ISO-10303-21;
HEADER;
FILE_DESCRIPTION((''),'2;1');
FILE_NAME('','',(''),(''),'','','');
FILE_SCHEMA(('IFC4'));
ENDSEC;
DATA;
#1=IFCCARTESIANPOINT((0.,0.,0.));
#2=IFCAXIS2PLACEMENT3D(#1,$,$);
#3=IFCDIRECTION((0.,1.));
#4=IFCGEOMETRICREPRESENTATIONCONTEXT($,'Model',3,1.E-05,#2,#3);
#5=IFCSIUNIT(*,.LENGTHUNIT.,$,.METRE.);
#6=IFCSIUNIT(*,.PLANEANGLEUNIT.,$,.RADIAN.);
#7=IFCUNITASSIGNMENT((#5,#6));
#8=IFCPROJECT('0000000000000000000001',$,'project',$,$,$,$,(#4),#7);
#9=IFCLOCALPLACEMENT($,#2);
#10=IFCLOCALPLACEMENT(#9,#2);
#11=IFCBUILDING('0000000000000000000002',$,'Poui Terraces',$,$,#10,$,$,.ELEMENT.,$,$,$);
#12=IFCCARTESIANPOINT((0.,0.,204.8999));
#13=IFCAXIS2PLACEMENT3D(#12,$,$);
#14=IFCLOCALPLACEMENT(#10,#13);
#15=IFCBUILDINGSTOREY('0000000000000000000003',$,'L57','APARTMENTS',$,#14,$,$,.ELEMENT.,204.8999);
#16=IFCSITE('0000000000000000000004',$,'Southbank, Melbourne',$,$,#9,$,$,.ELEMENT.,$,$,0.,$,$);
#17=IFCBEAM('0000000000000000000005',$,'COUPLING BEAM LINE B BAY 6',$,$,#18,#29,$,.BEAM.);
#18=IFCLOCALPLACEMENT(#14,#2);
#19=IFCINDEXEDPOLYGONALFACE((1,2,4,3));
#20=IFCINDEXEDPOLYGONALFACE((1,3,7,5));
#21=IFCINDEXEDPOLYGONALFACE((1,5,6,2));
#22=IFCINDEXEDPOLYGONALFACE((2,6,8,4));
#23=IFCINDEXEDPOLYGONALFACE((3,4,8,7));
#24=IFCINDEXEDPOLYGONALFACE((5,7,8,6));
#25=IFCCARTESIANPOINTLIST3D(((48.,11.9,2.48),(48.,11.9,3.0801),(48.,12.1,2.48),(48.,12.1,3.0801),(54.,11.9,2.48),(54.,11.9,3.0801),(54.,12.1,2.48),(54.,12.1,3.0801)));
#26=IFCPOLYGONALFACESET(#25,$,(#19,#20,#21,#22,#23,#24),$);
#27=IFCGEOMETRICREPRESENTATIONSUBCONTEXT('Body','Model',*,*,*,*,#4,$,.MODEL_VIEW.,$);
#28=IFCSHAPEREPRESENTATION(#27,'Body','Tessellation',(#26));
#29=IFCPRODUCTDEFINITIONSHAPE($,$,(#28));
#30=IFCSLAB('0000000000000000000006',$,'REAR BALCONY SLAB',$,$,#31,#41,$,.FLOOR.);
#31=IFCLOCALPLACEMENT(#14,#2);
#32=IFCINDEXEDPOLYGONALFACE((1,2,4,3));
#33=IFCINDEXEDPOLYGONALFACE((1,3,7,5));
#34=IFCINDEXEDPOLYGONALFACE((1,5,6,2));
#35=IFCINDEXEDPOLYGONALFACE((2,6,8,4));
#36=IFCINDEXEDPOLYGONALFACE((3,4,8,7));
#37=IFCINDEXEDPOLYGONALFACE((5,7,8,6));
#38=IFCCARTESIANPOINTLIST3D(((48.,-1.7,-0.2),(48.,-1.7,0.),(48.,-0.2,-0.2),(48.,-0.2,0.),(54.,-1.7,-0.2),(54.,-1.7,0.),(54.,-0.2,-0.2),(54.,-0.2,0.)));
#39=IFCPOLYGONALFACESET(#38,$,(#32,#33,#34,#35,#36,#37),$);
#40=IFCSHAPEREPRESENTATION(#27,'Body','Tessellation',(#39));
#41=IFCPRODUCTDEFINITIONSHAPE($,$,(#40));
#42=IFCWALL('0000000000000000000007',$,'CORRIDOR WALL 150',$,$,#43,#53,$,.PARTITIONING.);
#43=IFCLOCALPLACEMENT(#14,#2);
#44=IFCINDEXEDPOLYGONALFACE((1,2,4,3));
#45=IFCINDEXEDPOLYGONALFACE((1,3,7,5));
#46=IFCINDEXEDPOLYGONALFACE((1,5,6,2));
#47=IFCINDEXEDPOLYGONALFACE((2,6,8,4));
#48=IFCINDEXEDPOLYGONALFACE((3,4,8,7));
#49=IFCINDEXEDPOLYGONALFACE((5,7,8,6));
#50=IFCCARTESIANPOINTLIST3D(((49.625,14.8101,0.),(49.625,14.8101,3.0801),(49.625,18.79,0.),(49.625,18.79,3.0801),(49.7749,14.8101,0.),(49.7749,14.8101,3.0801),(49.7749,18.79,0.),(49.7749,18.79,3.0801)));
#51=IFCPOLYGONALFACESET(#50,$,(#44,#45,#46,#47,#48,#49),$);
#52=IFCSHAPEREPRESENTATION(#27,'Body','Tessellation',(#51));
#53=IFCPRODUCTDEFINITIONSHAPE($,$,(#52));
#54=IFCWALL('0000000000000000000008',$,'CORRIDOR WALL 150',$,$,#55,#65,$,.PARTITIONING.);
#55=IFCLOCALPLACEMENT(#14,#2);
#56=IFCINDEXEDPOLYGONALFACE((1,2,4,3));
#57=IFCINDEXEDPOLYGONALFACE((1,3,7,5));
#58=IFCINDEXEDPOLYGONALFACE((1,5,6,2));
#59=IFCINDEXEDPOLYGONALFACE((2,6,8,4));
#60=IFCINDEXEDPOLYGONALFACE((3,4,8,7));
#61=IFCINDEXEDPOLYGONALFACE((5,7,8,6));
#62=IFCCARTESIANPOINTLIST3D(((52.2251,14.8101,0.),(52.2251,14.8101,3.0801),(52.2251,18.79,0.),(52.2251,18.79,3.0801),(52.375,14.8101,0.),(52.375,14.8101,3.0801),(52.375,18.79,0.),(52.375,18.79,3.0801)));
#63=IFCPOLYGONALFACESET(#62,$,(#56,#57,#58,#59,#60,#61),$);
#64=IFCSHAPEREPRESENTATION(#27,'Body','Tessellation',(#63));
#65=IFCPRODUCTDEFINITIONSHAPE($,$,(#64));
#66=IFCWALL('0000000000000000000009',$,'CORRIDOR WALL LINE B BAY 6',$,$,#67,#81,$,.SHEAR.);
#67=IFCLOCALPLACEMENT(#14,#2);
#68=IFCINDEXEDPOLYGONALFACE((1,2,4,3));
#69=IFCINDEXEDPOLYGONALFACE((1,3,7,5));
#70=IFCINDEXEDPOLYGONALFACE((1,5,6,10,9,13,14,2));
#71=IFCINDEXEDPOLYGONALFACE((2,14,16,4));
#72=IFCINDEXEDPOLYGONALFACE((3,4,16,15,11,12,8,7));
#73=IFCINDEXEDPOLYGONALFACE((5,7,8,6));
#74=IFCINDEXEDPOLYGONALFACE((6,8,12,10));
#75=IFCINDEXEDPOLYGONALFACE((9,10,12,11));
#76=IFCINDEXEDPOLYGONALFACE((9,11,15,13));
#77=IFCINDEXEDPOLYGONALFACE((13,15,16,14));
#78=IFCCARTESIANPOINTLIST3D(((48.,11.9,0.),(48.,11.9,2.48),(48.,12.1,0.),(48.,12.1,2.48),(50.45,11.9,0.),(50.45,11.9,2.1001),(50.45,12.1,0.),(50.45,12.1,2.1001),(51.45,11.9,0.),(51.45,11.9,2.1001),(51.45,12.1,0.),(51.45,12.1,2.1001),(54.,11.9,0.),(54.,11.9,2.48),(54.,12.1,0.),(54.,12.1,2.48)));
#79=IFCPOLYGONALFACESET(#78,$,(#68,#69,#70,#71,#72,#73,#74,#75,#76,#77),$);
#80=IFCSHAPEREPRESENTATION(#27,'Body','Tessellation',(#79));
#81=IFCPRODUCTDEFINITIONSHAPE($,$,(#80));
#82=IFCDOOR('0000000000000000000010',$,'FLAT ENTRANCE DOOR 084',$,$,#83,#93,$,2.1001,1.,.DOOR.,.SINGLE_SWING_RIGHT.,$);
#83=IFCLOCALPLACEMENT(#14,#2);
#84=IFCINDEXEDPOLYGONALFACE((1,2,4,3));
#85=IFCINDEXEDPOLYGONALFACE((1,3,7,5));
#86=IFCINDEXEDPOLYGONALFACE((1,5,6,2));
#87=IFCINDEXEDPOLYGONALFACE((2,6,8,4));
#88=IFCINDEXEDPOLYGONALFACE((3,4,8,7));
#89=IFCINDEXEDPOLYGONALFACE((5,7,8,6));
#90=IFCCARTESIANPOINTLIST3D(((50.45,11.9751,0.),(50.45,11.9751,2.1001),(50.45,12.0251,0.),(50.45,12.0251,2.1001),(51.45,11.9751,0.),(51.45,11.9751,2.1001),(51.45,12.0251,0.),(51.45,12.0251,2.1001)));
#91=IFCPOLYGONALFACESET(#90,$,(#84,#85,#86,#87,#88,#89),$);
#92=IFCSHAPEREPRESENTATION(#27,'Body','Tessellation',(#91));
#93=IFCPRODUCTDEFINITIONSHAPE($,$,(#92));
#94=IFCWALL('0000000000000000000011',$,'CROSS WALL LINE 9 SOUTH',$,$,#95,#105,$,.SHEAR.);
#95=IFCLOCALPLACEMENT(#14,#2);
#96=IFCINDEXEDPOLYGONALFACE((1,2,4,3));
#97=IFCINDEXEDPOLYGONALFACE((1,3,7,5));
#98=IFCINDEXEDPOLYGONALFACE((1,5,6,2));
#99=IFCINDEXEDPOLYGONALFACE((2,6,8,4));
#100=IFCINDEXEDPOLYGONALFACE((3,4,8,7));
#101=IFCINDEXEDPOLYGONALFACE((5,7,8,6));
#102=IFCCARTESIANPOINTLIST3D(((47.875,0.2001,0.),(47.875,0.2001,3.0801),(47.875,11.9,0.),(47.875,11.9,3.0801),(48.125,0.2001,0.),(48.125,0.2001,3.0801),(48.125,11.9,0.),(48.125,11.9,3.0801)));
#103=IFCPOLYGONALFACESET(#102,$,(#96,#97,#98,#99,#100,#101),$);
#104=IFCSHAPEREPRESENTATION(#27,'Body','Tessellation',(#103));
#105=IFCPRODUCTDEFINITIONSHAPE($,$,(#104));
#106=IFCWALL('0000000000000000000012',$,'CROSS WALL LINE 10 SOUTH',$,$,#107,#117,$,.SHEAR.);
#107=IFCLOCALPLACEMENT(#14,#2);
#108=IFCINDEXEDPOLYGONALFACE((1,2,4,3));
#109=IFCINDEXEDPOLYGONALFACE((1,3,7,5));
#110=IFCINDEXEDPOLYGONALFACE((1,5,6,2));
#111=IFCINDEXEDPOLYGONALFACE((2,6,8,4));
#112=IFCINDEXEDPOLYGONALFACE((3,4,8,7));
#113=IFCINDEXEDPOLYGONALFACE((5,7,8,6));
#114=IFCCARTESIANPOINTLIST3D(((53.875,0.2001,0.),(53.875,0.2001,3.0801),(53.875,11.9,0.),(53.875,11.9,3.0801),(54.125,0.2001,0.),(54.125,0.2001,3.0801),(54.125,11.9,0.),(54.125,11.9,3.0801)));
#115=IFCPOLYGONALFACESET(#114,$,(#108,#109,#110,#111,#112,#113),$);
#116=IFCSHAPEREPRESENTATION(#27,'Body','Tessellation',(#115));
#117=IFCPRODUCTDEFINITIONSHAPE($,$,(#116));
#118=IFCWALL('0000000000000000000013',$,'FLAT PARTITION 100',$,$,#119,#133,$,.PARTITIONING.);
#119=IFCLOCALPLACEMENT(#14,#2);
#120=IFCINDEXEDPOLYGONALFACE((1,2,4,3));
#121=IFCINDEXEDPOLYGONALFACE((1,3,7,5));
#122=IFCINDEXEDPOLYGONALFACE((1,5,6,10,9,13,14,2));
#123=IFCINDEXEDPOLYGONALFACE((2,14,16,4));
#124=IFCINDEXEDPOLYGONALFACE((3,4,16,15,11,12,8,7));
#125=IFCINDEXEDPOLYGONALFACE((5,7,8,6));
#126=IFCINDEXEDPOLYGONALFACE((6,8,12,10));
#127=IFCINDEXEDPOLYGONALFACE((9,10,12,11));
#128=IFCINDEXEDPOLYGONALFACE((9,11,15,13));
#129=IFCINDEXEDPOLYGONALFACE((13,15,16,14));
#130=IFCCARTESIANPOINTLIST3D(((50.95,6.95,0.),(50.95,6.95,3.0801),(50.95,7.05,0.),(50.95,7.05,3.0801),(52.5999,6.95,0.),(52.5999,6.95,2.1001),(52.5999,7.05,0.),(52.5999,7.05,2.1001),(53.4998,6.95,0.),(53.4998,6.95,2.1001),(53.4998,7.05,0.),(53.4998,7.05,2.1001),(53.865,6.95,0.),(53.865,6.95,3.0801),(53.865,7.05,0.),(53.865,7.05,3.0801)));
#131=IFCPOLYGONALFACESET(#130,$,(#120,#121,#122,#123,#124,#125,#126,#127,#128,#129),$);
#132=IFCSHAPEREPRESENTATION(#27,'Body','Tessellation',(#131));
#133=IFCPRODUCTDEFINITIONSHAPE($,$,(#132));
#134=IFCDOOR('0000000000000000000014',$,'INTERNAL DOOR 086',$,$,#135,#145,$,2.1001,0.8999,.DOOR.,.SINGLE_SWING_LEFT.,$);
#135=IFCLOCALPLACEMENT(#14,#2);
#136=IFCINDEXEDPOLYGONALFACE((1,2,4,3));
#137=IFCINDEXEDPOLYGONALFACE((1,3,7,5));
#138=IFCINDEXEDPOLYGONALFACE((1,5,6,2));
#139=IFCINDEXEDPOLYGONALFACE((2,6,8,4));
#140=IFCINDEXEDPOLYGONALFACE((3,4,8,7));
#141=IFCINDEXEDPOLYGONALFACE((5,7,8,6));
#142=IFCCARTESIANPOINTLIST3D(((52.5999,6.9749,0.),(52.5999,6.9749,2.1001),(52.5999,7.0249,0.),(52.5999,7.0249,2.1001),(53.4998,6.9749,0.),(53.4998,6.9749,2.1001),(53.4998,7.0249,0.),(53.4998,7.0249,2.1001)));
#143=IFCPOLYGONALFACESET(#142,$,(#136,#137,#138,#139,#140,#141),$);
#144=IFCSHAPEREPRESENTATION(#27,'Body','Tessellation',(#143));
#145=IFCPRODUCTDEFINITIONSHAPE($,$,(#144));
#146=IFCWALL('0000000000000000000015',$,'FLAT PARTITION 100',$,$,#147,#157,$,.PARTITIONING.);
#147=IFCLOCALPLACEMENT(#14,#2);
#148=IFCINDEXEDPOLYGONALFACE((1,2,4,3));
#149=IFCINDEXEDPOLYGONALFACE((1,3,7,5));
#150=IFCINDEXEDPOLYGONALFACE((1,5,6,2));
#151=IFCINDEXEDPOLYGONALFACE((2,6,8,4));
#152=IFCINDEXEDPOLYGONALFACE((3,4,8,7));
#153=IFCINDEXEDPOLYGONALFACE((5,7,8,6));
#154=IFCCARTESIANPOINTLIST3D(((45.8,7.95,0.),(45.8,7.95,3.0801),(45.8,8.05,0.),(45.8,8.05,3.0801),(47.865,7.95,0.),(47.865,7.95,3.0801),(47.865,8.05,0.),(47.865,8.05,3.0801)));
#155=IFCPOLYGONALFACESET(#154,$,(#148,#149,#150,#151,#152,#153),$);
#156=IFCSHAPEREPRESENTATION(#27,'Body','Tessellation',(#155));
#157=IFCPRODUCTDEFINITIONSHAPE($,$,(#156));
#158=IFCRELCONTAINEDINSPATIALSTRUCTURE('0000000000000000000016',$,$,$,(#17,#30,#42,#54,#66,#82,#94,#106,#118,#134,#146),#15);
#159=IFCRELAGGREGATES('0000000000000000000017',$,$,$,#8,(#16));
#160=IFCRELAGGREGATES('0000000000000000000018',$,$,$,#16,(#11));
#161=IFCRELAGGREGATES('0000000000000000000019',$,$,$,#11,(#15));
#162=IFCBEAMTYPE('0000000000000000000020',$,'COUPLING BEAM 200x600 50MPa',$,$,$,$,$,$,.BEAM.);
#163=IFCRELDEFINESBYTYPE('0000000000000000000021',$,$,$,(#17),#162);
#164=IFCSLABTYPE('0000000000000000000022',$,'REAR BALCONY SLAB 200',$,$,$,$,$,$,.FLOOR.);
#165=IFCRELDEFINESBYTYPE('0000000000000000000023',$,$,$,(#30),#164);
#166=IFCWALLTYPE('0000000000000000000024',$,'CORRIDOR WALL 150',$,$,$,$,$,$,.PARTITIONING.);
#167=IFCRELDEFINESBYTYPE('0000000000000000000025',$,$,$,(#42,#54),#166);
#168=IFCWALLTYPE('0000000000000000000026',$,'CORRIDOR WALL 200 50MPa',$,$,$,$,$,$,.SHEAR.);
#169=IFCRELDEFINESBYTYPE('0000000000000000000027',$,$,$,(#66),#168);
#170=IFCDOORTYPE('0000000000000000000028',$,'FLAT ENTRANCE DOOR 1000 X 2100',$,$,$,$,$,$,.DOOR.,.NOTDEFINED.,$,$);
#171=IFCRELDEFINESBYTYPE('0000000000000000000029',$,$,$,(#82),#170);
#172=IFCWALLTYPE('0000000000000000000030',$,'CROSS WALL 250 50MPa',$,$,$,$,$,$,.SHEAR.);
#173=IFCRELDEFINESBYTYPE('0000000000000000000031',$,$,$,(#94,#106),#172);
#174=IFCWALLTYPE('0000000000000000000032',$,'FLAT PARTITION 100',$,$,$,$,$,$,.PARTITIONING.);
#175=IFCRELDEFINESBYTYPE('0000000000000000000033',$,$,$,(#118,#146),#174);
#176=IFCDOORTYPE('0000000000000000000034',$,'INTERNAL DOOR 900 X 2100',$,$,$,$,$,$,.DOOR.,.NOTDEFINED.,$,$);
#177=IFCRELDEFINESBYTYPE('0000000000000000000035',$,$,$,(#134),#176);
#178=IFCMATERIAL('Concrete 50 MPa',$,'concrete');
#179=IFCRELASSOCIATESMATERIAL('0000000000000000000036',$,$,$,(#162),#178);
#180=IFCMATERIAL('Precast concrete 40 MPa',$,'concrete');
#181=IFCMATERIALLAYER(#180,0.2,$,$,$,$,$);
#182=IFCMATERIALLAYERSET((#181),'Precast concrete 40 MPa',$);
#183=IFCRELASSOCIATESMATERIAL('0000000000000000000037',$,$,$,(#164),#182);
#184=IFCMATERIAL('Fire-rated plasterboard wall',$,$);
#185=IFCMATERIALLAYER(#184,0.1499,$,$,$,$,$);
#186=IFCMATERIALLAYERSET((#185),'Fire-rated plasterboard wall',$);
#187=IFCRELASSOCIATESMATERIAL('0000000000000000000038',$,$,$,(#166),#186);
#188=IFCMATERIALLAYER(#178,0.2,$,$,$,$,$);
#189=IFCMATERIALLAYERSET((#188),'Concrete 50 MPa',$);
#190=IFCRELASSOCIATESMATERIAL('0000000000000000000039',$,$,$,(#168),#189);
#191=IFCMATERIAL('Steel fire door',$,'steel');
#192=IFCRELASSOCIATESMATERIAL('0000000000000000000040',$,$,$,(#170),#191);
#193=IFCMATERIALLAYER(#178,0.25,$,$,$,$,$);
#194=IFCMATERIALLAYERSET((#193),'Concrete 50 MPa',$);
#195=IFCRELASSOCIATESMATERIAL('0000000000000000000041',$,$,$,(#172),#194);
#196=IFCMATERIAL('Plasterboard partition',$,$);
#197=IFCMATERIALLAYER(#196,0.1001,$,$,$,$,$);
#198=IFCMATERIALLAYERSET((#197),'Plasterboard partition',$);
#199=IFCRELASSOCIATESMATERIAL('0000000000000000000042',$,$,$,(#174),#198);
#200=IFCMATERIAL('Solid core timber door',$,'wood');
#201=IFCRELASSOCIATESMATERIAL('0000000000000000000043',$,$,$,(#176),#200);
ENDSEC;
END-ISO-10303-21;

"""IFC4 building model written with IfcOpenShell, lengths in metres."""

from ifc_helpers import new_model, si_unit, direction, frame, frame_2d, origin, origin_2d, place, context, subcontext, project, spatial, polyline, rectangle, outline, extrude, source, transform, mapped, material, layer, layer_set, material_profile, profile_set, type_object, element, fill, save


model = new_model("IFC4")

# Units and contexts
model_context = context("Model", 3, precision=1e-05, world=origin(), true_north=direction((0.0, 1.0)))
body_context = subcontext(model_context, "Body", "Model", "MODEL_VIEW")
ifc_project = project(units=[si_unit("LENGTHUNIT", "METRE"), si_unit("PLANEANGLEUNIT", "RADIAN")], contexts=[model_context])

# Site, building, storey
site_placement = place(None, origin())
site = spatial("IfcSite", under=ifc_project, at=site_placement, Name="Southbank, Melbourne", CompositionType="ELEMENT", RefElevation=0.0)
building_placement = place(site_placement, origin())
building = spatial("IfcBuilding", under=site, at=building_placement, Name="Poui Terraces", CompositionType="ELEMENT")
storey_placement = place(building_placement, frame((0.0, 0.0, 204.8999)))
storey = spatial("IfcBuildingStorey", under=building, at=storey_placement, Name="L57", Description="APARTMENTS", CompositionType="ELEMENT", Elevation=204.8999)

# Beam
ifc_material_1 = material(Name="Concrete 50 MPa", Category="concrete")
ifc_material_profile_1 = material_profile(ifc_material_1, rectangle(XDim=0.2, YDim=0.6001, at=origin_2d()), Name="RC 200x600")
ifc_profile_set_1 = profile_set([ifc_material_profile_1], Name="Concrete 50 MPa")
beam_type = type_object("IfcBeamType", Name="COUPLING BEAM 200x600 50MPa", PredefinedType="BEAM", material=ifc_profile_set_1)
shared_shape_1 = source(origin(), body_context, "Body", "SweptSolid", [
    extrude(rectangle(XDim=0.2, YDim=0.6001, at=origin_2d()), origin(), (0.0, 0.0, 1.0), 6.0),
])
beam_placement = place(storey_placement, frame((48.0, 12.0, 2.78), z_axis=(1.0, 0.0, 0.0), x_axis=(0.0, 1.0, 0.0)))
element("IfcBeam", 1, at=beam_placement, inside=storey, type_object=beam_type, Name="COUPLING BEAM LINE B BAY 6", PredefinedType="BEAM", context=body_context, shape_type="MappedRepresentation", body=[
    mapped(shared_shape_1, transform((0.0, 0.0, 0.0))),
])

# Slab
ifc_material_2 = material(Name="Precast concrete 40 MPa", Category="concrete")
ifc_layer_1 = layer(ifc_material_2, 0.2)
ifc_layer_set_1 = layer_set([ifc_layer_1], Name="Precast concrete 40 MPa")
slab_type = type_object("IfcSlabType", Name="REAR BALCONY SLAB 200", PredefinedType="FLOOR", material=ifc_layer_set_1)
shared_shape_2 = source(origin(), body_context, "Body", "SweptSolid", [
    extrude(outline(polyline([(0.0, 0.0), (6.0, 0.0), (6.0, 1.5), (0.0, 1.5), (0.0, 0.0)])), origin(), (0.0, 0.0, 1.0), 0.2),
])
slab_placement = place(storey_placement, frame((48.0, -1.7, -0.2)))
element("IfcSlab", 2, at=slab_placement, inside=storey, type_object=slab_type, Name="REAR BALCONY SLAB", PredefinedType="FLOOR", context=body_context, shape_type="MappedRepresentation", body=[
    mapped(shared_shape_2, transform((0.0, 0.0, 0.0))),
])

# Walls
ifc_material_3 = material(Name="Fire-rated plasterboard wall")
ifc_layer_2 = layer(ifc_material_3, 0.1499)
ifc_layer_set_2 = layer_set([ifc_layer_2], Name="Fire-rated plasterboard wall")
wall_type_1 = type_object("IfcWallType", Name="CORRIDOR WALL 150", PredefinedType="PARTITIONING", material=ifc_layer_set_2)
for number, where, z_axis, x_axis, name in (
    (3, (49.7, 14.8101, 0.0), (0.0, 0.0, 1.0), (0.0, 1.0, 0.0), "CORRIDOR WALL 150"),
    (4, (52.3, 14.8101, 0.0), (0.0, 0.0, 1.0), (0.0, 1.0, 0.0), "CORRIDOR WALL 150"),
):
    element("IfcWall", number, at=place(storey_placement, frame(where, z_axis=z_axis, x_axis=x_axis)), inside=storey, type_object=wall_type_1, Name=name, PredefinedType="PARTITIONING", context=body_context, shape_type="SweptSolid", body=[
        extrude(rectangle(XDim=3.98, YDim=0.1499, at=frame_2d((1.99, 0.0))), origin(), (0.0, 0.0, 1.0), 3.0801),
    ])

# Wall, opening, door
ifc_layer_3 = layer(ifc_material_1, 0.2)
ifc_layer_set_3 = layer_set([ifc_layer_3], Name="Concrete 50 MPa")
wall_type_2 = type_object("IfcWallType", Name="CORRIDOR WALL 200 50MPa", PredefinedType="SHEAR", material=ifc_layer_set_3)
wall_1_placement = place(storey_placement, frame((48.0, 12.0, 0.0), z_axis=(0.0, 0.0, 1.0), x_axis=(1.0, 0.0, 0.0)))
wall_1 = element("IfcWall", 5, at=wall_1_placement, inside=storey, type_object=wall_type_2, Name="CORRIDOR WALL LINE B BAY 6", PredefinedType="SHEAR", context=body_context, shape_type="SweptSolid", body=[
    extrude(rectangle(XDim=6.0, YDim=0.2, at=frame_2d((3.0, 0.0))), origin(), (0.0, 0.0, 1.0), 2.48),
])
opening_1_placement = place(wall_1_placement, frame((2.45, 0.0, 0.0)))
opening_1 = element("IfcOpeningElement", 6, at=opening_1_placement, cuts=wall_1, PredefinedType="OPENING", context=body_context, shape_type="SweptSolid", body=[
    extrude(rectangle(XDim=1.0, YDim=2.1001, at=frame_2d((0.5, 1.05))), frame((0.0, 0.1099, 0.0), z_axis=(0.0, -1.0, 0.0), x_axis=(1.0, 0.0, 0.0)), (0.0, 0.0, 1.0), 0.22),
])
ifc_material_4 = material(Name="Steel fire door", Category="steel")
door_type_1 = type_object("IfcDoorType", Name="FLAT ENTRANCE DOOR 1000 X 2100", OperationType="NOTDEFINED", PredefinedType="DOOR", material=ifc_material_4)
door_1_placement = place(opening_1_placement, frame((1.0, 0.0, 0.0), z_axis=(0.0, 0.0, 1.0), x_axis=(-1.0, 0.0, 0.0)))
door_1 = element("IfcDoor", 7, at=door_1_placement, inside=storey, type_object=door_type_1, Name="FLAT ENTRANCE DOOR 084", OperationType="SINGLE_SWING_RIGHT", OverallHeight=2.1001, OverallWidth=1.0, PredefinedType="DOOR", context=body_context, shape_type="SweptSolid", body=[
    extrude(rectangle(XDim=1.0, YDim=2.1001, at=frame_2d((0.5, 1.05))), frame((0.0, 0.0249, 0.0), z_axis=(0.0, -1.0, 0.0), x_axis=(1.0, 0.0, 0.0)), (0.0, 0.0, 1.0), 0.05),
])
fill(opening_1, door_1)

# Walls
ifc_layer_4 = layer(ifc_material_1, 0.25)
ifc_layer_set_4 = layer_set([ifc_layer_4], Name="Concrete 50 MPa")
wall_type_3 = type_object("IfcWallType", Name="CROSS WALL 250 50MPa", PredefinedType="SHEAR", material=ifc_layer_set_4)
for number, where, z_axis, x_axis, name in (
    (8, (48.0, 0.2, 0.0), (0.0, 0.0, 1.0), (0.0, 1.0, 0.0), "CROSS WALL LINE 9 SOUTH"),
    (9, (54.0, 0.2, 0.0), (0.0, 0.0, 1.0), (0.0, 1.0, 0.0), "CROSS WALL LINE 10 SOUTH"),
):
    element("IfcWall", number, at=place(storey_placement, frame(where, z_axis=z_axis, x_axis=x_axis)), inside=storey, type_object=wall_type_3, Name=name, PredefinedType="SHEAR", context=body_context, shape_type="SweptSolid", body=[
        extrude(rectangle(XDim=11.7, YDim=0.25, at=frame_2d((5.8501, 0.0))), origin(), (0.0, 0.0, 1.0), 3.0801),
    ])

# Wall, opening, door
ifc_material_5 = material(Name="Plasterboard partition")
ifc_layer_5 = layer(ifc_material_5, 0.1001)
ifc_layer_set_5 = layer_set([ifc_layer_5], Name="Plasterboard partition")
wall_type_4 = type_object("IfcWallType", Name="FLAT PARTITION 100", PredefinedType="PARTITIONING", material=ifc_layer_set_5)
wall_2_placement = place(storey_placement, frame((50.95, 7.0, 0.0), z_axis=(0.0, 0.0, 1.0), x_axis=(1.0, 0.0, 0.0)))
wall_2 = element("IfcWall", 10, at=wall_2_placement, inside=storey, type_object=wall_type_4, Name="FLAT PARTITION 100", PredefinedType="PARTITIONING", context=body_context, shape_type="SweptSolid", body=[
    extrude(rectangle(XDim=2.915, YDim=0.1001, at=frame_2d((1.4575, 0.0))), origin(), (0.0, 0.0, 1.0), 3.0801),
])
opening_2_placement = place(wall_2_placement, frame((1.6499, 0.0, 0.0)))
opening_2 = element("IfcOpeningElement", 11, at=opening_2_placement, cuts=wall_2, PredefinedType="OPENING", context=body_context, shape_type="SweptSolid", body=[
    extrude(rectangle(XDim=0.8999, YDim=2.1001, at=frame_2d((0.45, 1.05))), frame((0.0, 0.0601, 0.0), z_axis=(0.0, -1.0, 0.0), x_axis=(1.0, 0.0, 0.0)), (0.0, 0.0, 1.0), 0.1201),
])
ifc_material_6 = material(Name="Solid core timber door", Category="wood")
door_type_2 = type_object("IfcDoorType", Name="INTERNAL DOOR 900 X 2100", OperationType="NOTDEFINED", PredefinedType="DOOR", material=ifc_material_6)
door_2_placement = place(opening_2_placement, origin())
door_2 = element("IfcDoor", 12, at=door_2_placement, inside=storey, type_object=door_type_2, Name="INTERNAL DOOR 086", OperationType="SINGLE_SWING_LEFT", OverallHeight=2.1001, OverallWidth=0.8999, PredefinedType="DOOR", context=body_context, shape_type="SweptSolid", body=[
    extrude(rectangle(XDim=0.8999, YDim=2.1001, at=frame_2d((0.45, 1.05))), frame((0.0, 0.0249, 0.0), z_axis=(0.0, -1.0, 0.0), x_axis=(1.0, 0.0, 0.0)), (0.0, 0.0, 1.0), 0.05),
])
fill(opening_2, door_2)

# Wall
wall_3_placement = place(storey_placement, frame((45.8, 8.0, 0.0), z_axis=(0.0, 0.0, 1.0), x_axis=(1.0, 0.0, 0.0)))
element("IfcWall", 13, at=wall_3_placement, inside=storey, type_object=wall_type_4, Name="FLAT PARTITION 100", PredefinedType="PARTITIONING", context=body_context, shape_type="SweptSolid", body=[
    extrude(rectangle(XDim=2.0649, YDim=0.1001, at=frame_2d((1.0325, 0.0))), origin(), (0.0, 0.0, 1.0), 3.0801),
])

save(model, "model.ifc")
